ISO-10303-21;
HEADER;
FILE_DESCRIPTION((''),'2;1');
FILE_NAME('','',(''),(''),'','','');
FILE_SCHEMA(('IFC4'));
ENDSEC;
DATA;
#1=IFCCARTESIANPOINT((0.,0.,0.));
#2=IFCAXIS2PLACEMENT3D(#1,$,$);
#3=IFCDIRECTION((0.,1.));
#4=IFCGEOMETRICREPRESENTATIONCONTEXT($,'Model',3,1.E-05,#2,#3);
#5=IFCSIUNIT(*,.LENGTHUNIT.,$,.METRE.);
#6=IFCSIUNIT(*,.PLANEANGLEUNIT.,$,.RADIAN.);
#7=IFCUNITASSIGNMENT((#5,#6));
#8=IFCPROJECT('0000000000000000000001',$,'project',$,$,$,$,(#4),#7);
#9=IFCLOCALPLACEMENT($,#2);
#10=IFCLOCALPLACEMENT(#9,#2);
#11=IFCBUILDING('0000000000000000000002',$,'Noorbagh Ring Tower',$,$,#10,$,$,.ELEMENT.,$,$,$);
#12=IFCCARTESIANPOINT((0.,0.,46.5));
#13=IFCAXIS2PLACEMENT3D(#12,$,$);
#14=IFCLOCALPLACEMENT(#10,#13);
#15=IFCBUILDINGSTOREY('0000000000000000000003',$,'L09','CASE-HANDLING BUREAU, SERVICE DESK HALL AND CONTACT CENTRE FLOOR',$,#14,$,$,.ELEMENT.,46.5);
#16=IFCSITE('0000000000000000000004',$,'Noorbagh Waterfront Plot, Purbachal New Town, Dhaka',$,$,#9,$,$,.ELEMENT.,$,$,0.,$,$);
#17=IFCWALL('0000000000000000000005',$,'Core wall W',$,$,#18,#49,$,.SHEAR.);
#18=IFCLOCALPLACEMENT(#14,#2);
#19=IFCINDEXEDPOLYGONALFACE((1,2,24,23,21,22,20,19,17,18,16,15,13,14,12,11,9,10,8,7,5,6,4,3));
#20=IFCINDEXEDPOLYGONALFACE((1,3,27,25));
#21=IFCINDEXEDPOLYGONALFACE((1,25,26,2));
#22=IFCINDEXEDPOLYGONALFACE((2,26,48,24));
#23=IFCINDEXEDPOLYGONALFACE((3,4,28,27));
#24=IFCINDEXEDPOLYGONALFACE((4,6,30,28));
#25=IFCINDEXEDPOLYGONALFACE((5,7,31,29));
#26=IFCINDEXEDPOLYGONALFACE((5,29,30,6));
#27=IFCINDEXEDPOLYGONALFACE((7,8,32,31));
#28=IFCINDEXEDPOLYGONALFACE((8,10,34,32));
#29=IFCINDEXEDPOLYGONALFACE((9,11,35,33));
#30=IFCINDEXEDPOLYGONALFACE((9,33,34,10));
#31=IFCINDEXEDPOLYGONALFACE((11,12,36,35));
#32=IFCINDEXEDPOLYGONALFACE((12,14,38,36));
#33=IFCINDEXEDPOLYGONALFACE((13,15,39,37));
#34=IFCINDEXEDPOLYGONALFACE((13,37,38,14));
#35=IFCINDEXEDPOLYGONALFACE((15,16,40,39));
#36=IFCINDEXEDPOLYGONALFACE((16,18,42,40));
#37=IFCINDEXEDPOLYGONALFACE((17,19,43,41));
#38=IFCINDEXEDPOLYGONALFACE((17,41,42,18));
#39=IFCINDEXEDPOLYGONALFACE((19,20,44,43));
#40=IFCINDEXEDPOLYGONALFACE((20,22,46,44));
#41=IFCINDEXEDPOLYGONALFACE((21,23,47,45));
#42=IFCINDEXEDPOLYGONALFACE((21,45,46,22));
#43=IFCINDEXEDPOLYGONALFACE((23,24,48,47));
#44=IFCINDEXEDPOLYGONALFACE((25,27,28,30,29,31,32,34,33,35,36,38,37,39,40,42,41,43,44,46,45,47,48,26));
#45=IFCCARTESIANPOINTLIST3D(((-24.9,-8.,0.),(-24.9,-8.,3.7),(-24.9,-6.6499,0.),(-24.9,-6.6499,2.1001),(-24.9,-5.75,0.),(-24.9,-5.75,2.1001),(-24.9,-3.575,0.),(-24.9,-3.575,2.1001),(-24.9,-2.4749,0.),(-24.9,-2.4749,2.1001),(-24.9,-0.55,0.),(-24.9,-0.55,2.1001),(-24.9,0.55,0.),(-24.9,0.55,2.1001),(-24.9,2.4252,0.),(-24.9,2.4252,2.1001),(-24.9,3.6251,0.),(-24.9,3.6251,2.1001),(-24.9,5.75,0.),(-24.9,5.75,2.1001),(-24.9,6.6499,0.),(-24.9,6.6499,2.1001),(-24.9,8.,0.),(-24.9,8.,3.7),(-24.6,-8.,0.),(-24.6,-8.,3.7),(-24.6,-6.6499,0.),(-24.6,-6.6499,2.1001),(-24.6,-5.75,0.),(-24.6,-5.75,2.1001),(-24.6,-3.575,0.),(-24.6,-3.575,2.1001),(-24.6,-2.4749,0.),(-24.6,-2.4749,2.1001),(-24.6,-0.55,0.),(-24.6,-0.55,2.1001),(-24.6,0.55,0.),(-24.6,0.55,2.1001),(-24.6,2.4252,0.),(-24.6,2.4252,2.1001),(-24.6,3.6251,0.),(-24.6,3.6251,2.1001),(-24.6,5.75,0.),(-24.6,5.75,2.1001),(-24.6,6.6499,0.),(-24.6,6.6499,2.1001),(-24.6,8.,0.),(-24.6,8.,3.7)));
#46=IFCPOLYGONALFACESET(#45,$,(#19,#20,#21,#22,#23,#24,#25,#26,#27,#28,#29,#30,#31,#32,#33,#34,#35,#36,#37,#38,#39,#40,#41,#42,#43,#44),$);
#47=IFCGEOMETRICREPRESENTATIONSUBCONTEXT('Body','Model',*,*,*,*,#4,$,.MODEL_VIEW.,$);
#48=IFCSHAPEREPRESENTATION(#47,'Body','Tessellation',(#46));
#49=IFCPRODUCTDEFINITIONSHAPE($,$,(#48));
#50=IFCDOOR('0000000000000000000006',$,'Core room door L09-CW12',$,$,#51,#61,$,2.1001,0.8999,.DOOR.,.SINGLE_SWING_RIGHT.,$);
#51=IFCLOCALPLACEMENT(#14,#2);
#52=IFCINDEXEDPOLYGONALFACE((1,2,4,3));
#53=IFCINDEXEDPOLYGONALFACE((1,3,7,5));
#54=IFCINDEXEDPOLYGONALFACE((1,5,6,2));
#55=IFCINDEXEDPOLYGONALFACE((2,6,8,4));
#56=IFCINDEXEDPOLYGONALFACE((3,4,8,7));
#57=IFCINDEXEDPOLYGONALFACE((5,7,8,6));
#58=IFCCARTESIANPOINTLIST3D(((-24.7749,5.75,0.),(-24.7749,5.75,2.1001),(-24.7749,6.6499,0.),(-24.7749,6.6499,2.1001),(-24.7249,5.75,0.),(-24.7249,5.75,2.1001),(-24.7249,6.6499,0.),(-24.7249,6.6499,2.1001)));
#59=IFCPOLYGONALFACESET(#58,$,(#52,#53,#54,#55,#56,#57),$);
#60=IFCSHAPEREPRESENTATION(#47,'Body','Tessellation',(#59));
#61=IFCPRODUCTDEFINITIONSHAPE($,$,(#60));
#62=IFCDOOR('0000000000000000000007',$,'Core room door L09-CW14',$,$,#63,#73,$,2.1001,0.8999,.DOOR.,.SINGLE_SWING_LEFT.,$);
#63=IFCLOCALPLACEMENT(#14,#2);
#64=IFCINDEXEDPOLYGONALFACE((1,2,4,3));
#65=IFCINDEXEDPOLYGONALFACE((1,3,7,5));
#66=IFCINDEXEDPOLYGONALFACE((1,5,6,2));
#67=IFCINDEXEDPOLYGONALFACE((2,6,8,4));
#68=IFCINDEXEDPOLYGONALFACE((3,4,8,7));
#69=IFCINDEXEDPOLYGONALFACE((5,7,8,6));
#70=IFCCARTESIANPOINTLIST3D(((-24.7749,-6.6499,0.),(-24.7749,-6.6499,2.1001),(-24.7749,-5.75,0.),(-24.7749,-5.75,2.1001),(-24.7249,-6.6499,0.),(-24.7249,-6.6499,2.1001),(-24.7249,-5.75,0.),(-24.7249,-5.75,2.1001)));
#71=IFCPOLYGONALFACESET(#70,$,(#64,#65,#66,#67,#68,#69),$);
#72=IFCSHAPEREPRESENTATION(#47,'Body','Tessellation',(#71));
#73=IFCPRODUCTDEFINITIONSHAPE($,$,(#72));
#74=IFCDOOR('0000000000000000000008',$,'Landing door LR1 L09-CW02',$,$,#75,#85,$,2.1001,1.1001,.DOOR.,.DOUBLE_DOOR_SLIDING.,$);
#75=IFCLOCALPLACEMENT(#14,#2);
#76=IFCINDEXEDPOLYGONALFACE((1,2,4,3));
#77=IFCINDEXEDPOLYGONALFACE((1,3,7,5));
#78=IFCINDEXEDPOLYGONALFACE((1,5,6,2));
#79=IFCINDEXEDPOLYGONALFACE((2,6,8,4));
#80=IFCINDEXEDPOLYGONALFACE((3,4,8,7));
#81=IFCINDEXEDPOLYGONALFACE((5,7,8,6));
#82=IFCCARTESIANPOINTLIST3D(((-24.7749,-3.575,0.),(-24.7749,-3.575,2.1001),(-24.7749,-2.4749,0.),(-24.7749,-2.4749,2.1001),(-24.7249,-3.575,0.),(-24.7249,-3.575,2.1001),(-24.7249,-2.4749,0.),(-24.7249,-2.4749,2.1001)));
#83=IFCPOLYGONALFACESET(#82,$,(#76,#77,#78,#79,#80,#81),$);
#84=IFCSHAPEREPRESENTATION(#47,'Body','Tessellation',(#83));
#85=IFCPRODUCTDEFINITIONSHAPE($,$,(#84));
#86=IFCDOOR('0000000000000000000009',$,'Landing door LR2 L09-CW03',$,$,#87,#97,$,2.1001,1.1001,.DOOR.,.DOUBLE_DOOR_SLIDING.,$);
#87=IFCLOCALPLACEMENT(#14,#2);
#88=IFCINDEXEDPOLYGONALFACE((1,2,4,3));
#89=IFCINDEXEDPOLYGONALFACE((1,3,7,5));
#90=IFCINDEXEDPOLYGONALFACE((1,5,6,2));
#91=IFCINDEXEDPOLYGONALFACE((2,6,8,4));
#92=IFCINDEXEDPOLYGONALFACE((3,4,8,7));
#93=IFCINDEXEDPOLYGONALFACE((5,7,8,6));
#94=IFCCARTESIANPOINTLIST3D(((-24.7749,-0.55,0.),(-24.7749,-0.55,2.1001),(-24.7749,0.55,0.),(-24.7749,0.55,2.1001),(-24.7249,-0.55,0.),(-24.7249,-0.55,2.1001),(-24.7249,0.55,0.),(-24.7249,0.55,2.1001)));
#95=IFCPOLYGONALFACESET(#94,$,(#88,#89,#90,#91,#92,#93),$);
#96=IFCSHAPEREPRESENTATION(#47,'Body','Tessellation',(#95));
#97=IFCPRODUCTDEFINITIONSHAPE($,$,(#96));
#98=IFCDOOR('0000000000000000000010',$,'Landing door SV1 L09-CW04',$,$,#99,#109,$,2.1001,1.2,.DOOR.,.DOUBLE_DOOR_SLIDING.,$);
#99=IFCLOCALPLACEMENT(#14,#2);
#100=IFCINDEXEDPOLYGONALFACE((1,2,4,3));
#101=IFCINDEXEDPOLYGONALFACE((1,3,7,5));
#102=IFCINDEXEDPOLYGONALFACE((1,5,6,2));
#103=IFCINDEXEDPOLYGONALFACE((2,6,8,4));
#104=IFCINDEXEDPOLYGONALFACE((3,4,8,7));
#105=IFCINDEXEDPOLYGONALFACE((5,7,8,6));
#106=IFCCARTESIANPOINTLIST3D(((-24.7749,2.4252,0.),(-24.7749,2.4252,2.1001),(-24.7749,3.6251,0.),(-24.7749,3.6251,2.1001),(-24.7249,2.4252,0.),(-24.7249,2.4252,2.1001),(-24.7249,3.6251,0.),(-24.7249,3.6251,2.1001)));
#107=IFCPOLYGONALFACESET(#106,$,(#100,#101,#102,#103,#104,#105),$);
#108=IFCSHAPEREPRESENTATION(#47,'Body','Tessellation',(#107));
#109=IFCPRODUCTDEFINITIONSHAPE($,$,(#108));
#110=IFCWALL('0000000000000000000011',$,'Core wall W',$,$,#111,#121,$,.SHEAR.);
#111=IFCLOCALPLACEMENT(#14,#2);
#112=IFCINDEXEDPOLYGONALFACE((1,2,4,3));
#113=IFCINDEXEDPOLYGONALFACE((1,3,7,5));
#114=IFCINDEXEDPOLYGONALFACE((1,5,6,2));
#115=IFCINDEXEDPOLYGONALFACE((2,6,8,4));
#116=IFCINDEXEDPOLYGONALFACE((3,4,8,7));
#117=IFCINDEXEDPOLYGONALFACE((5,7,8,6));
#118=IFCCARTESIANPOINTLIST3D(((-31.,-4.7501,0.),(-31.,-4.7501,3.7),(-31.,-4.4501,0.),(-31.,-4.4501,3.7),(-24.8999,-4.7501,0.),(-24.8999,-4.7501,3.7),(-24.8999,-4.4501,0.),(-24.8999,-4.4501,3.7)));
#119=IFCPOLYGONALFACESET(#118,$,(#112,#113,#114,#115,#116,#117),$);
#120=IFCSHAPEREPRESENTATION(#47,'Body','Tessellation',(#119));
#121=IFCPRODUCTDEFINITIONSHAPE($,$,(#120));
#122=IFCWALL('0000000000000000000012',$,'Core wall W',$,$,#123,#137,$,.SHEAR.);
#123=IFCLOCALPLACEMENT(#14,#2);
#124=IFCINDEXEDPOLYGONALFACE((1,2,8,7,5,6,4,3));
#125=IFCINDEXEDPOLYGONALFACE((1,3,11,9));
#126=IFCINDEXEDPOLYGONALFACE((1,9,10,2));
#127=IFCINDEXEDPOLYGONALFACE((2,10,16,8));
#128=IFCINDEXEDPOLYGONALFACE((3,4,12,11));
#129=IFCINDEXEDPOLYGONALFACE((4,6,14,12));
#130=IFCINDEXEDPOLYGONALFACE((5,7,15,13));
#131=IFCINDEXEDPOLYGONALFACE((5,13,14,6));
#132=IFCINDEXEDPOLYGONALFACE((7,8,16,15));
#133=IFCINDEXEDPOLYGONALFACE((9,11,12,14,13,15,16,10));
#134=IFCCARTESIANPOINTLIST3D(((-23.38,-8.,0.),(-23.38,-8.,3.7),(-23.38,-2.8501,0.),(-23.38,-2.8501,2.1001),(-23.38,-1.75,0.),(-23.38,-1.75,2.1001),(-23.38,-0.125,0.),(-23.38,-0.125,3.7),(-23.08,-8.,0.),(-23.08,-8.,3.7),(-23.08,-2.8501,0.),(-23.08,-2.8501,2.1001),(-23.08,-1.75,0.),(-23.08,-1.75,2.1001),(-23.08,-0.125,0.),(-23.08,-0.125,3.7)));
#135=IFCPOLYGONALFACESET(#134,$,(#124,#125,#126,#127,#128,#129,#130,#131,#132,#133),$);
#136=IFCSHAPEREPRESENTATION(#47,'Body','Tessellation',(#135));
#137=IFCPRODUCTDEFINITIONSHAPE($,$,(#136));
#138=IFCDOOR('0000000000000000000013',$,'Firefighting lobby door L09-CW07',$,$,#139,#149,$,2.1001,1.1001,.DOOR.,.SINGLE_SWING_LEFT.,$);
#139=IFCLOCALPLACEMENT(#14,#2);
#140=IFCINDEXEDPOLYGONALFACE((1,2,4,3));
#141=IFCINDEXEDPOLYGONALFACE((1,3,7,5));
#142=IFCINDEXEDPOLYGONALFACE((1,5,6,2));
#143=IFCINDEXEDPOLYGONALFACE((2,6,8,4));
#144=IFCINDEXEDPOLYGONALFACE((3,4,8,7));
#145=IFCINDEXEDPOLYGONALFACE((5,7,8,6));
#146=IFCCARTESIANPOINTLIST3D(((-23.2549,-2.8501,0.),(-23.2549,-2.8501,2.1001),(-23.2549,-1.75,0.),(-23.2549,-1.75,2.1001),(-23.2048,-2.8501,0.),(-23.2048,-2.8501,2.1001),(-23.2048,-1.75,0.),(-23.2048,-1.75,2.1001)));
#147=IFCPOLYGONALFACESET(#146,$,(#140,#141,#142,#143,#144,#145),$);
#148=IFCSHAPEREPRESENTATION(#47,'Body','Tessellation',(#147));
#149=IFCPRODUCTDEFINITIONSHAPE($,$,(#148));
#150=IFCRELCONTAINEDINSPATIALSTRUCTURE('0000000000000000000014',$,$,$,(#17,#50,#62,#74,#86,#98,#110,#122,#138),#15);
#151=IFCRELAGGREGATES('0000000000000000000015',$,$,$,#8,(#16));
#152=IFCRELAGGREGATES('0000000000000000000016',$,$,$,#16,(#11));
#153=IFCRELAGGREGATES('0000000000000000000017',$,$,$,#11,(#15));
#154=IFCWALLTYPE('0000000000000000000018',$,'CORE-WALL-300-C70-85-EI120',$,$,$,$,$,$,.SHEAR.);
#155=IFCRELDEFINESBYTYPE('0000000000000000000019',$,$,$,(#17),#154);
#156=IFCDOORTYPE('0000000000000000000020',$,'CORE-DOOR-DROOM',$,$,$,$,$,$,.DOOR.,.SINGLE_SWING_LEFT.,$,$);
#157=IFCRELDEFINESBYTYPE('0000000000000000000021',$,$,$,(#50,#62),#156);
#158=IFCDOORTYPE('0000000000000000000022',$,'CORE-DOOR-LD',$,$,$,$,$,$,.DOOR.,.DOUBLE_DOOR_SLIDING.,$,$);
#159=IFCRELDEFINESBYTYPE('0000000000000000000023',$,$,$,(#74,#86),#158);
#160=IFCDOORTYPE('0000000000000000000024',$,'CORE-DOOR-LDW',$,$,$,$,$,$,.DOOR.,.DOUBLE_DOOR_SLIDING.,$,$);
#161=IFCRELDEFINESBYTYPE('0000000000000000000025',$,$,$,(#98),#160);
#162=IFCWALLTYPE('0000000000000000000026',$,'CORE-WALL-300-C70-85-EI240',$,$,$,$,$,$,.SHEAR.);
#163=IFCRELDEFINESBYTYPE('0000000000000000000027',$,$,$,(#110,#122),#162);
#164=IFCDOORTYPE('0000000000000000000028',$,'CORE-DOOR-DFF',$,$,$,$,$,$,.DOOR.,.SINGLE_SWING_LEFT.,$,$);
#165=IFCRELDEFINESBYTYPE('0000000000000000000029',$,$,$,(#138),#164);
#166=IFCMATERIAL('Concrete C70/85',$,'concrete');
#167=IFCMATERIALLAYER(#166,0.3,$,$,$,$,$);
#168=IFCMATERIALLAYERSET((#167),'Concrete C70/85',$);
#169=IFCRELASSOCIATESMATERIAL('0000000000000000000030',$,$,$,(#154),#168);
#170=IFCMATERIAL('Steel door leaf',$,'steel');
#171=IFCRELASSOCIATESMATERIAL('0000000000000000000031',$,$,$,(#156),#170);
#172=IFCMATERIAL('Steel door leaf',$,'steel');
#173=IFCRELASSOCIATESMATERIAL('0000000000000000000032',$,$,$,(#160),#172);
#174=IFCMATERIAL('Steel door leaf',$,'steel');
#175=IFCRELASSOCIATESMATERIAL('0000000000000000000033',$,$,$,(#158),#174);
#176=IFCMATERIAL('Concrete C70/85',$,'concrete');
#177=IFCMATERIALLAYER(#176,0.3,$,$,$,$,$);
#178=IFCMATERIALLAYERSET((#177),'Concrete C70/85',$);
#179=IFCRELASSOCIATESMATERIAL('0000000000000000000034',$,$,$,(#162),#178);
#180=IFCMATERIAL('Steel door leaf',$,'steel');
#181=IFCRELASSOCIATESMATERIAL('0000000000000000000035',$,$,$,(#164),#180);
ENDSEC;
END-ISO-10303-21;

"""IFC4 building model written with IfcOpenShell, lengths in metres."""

from ifc_helpers import new_model, si_unit, direction, frame, frame_2d, origin, place, context, subcontext, project, spatial, rectangle, extrude, material, layer, layer_set, type_object, element, fill, save


model = new_model("IFC4")

# Units and contexts
model_context = context("Model", 3, precision=1e-05, world=origin(), true_north=direction((0.0, 1.0)))
body_context = subcontext(model_context, "Body", "Model", "MODEL_VIEW")
ifc_project = project(units=[si_unit("LENGTHUNIT", "METRE"), si_unit("PLANEANGLEUNIT", "RADIAN")], contexts=[model_context])

# Site, building, storey
site_placement = place(None, origin())
site = spatial("IfcSite", under=ifc_project, at=site_placement, Name="Noorbagh Waterfront Plot, Purbachal New Town, Dhaka", CompositionType="ELEMENT", RefElevation=0.0)
building_placement = place(site_placement, origin())
building = spatial("IfcBuilding", under=site, at=building_placement, Name="Noorbagh Ring Tower", CompositionType="ELEMENT")
storey_placement = place(building_placement, frame((0.0, 0.0, 46.5)))
storey = spatial("IfcBuildingStorey", under=building, at=storey_placement, Name="L09", Description="CASE-HANDLING BUREAU, SERVICE DESK HALL AND CONTACT CENTRE FLOOR", CompositionType="ELEMENT", Elevation=46.5)

# Shared definitions
ifc_material_1 = material(Name="Concrete C70/85", Category="concrete")
ifc_layer_1 = layer(ifc_material_1, 0.3)
ifc_layer_set_1 = layer_set([ifc_layer_1], Name="Concrete C70/85")
wall_type_1 = type_object("IfcWallType", Name="CORE-WALL-300-C70-85-EI120", PredefinedType="SHEAR", material=ifc_layer_set_1)

# Wall, openings, doors
ifc_material_2 = material(Name="Steel door leaf", Category="steel")
door_type_1 = type_object("IfcDoorType", Name="CORE-DOOR-DROOM", OperationType="SINGLE_SWING_LEFT", PredefinedType="DOOR", material=ifc_material_2)
ifc_material_3 = material(Name="Steel door leaf", Category="steel")
door_type_2 = type_object("IfcDoorType", Name="CORE-DOOR-LDW", OperationType="DOUBLE_DOOR_SLIDING", PredefinedType="DOOR", material=ifc_material_3)
wall_1_placement = place(storey_placement, frame((-24.75, -8.0, 0.0), z_axis=(0.0, 0.0, 1.0), x_axis=(0.0, 1.0, 0.0)))
wall_1 = element("IfcWall", 1, at=wall_1_placement, inside=storey, type_object=wall_type_1, Name="Core wall W", PredefinedType="SHEAR", context=body_context, shape_type="SweptSolid", body=[
    extrude(rectangle(XDim=16.0, YDim=0.3, at=frame_2d((8.0, 0.0))), origin(), (0.0, 0.0, 1.0), 3.7),
])
opening_1_placement = place(wall_1_placement, frame((4.425, 0.0, 0.0)))
opening_1 = element("IfcOpeningElement", 2, at=opening_1_placement, cuts=wall_1, PredefinedType="OPENING", context=body_context, shape_type="SweptSolid", body=[
    extrude(rectangle(XDim=1.1001, YDim=2.1001, at=frame_2d((0.55, 1.05))), frame((0.0, 0.1602, 0.0), z_axis=(0.0, -1.0, 0.0), x_axis=(1.0, 0.0, 0.0)), (0.0, 0.0, 1.0), 0.3201),
])
opening_2_placement = place(wall_1_placement, frame((7.45, 0.0, 0.0)))
opening_2 = element("IfcOpeningElement", 3, at=opening_2_placement, cuts=wall_1, PredefinedType="OPENING", context=body_context, shape_type="SweptSolid", body=[
    extrude(rectangle(XDim=1.1001, YDim=2.1001, at=frame_2d((0.55, 1.05))), frame((0.0, 0.1602, 0.0), z_axis=(0.0, -1.0, 0.0), x_axis=(1.0, 0.0, 0.0)), (0.0, 0.0, 1.0), 0.3201),
])
opening_3_placement = place(wall_1_placement, frame((10.425, 0.0, 0.0)))
opening_3 = element("IfcOpeningElement", 4, at=opening_3_placement, cuts=wall_1, PredefinedType="OPENING", context=body_context, shape_type="SweptSolid", body=[
    extrude(rectangle(XDim=1.2, YDim=2.1001, at=frame_2d((0.6001, 1.05))), frame((0.0, 0.1602, 0.0), z_axis=(0.0, -1.0, 0.0), x_axis=(1.0, 0.0, 0.0)), (0.0, 0.0, 1.0), 0.3201),
])
opening_4_placement = place(wall_1_placement, frame((13.75, 0.0, 0.0)))
opening_4 = element("IfcOpeningElement", 5, at=opening_4_placement, cuts=wall_1, PredefinedType="OPENING", context=body_context, shape_type="SweptSolid", body=[
    extrude(rectangle(XDim=0.8999, YDim=2.1001, at=frame_2d((0.45, 1.05))), frame((0.0, 0.1602, 0.0), z_axis=(0.0, -1.0, 0.0), x_axis=(1.0, 0.0, 0.0)), (0.0, 0.0, 1.0), 0.3201),
])
opening_5_placement = place(wall_1_placement, frame((1.3501, 0.0, 0.0)))
opening_5 = element("IfcOpeningElement", 6, at=opening_5_placement, cuts=wall_1, PredefinedType="OPENING", context=body_context, shape_type="SweptSolid", body=[
    extrude(rectangle(XDim=0.8999, YDim=2.1001, at=frame_2d((0.45, 1.05))), frame((0.0, 0.1602, 0.0), z_axis=(0.0, -1.0, 0.0), x_axis=(1.0, 0.0, 0.0)), (0.0, 0.0, 1.0), 0.3201),
])
door_1_placement = place(opening_4_placement, origin())
door_1 = element("IfcDoor", 7, at=door_1_placement, inside=storey, type_object=door_type_1, Name="Core room door L09-CW12", OperationType="SINGLE_SWING_RIGHT", OverallHeight=2.1001, OverallWidth=0.8999, PredefinedType="DOOR", context=body_context, shape_type="SweptSolid", body=[
    extrude(rectangle(XDim=0.8999, YDim=2.1001, at=frame_2d((0.45, 1.05))), frame((0.0, 0.0249, 0.0), z_axis=(0.0, -1.0, 0.0), x_axis=(1.0, 0.0, 0.0)), (0.0, 0.0, 1.0), 0.05),
])
fill(opening_4, door_1)
door_2_placement = place(opening_5_placement, origin())
door_2 = element("IfcDoor", 8, at=door_2_placement, inside=storey, type_object=door_type_1, Name="Core room door L09-CW14", OperationType="SINGLE_SWING_LEFT", OverallHeight=2.1001, OverallWidth=0.8999, PredefinedType="DOOR", context=body_context, shape_type="SweptSolid", body=[
    extrude(rectangle(XDim=0.8999, YDim=2.1001, at=frame_2d((0.45, 1.05))), frame((0.0, 0.0249, 0.0), z_axis=(0.0, -1.0, 0.0), x_axis=(1.0, 0.0, 0.0)), (0.0, 0.0, 1.0), 0.05),
])
fill(opening_5, door_2)
ifc_material_4 = material(Name="Steel door leaf", Category="steel")
door_type_3 = type_object("IfcDoorType", Name="CORE-DOOR-LD", OperationType="DOUBLE_DOOR_SLIDING", PredefinedType="DOOR", material=ifc_material_4)
door_3_placement = place(opening_1_placement, origin())
door_3 = element("IfcDoor", 9, at=door_3_placement, inside=storey, type_object=door_type_3, Name="Landing door LR1 L09-CW02", OperationType="DOUBLE_DOOR_SLIDING", OverallHeight=2.1001, OverallWidth=1.1001, PredefinedType="DOOR", context=body_context, shape_type="SweptSolid", body=[
    extrude(rectangle(XDim=1.1001, YDim=2.1001, at=frame_2d((0.55, 1.05))), frame((0.0, 0.0249, 0.0), z_axis=(0.0, -1.0, 0.0), x_axis=(1.0, 0.0, 0.0)), (0.0, 0.0, 1.0), 0.05),
])
fill(opening_1, door_3)
door_4_placement = place(opening_2_placement, origin())
door_4 = element("IfcDoor", 10, at=door_4_placement, inside=storey, type_object=door_type_3, Name="Landing door LR2 L09-CW03", OperationType="DOUBLE_DOOR_SLIDING", OverallHeight=2.1001, OverallWidth=1.1001, PredefinedType="DOOR", context=body_context, shape_type="SweptSolid", body=[
    extrude(rectangle(XDim=1.1001, YDim=2.1001, at=frame_2d((0.55, 1.05))), frame((0.0, 0.0249, 0.0), z_axis=(0.0, -1.0, 0.0), x_axis=(1.0, 0.0, 0.0)), (0.0, 0.0, 1.0), 0.05),
])
fill(opening_2, door_4)
door_5_placement = place(opening_3_placement, origin())
door_5 = element("IfcDoor", 11, at=door_5_placement, inside=storey, type_object=door_type_2, Name="Landing door SV1 L09-CW04", OperationType="DOUBLE_DOOR_SLIDING", OverallHeight=2.1001, OverallWidth=1.2, PredefinedType="DOOR", context=body_context, shape_type="SweptSolid", body=[
    extrude(rectangle(XDim=1.2, YDim=2.1001, at=frame_2d((0.6001, 1.05))), frame((0.0, 0.0249, 0.0), z_axis=(0.0, -1.0, 0.0), x_axis=(1.0, 0.0, 0.0)), (0.0, 0.0, 1.0), 0.05),
])
fill(opening_3, door_5)

# Wall
ifc_material_5 = material(Name="Concrete C70/85", Category="concrete")
ifc_layer_2 = layer(ifc_material_5, 0.3)
ifc_layer_set_2 = layer_set([ifc_layer_2], Name="Concrete C70/85")
wall_type_2 = type_object("IfcWallType", Name="CORE-WALL-300-C70-85-EI240", PredefinedType="SHEAR", material=ifc_layer_set_2)
wall_2_placement = place(storey_placement, frame((-24.8999, -4.6001, 0.0), z_axis=(0.0, 0.0, 1.0), x_axis=(-1.0, 0.0, 0.0)))
element("IfcWall", 12, at=wall_2_placement, inside=storey, type_object=wall_type_2, Name="Core wall W", PredefinedType="SHEAR", context=body_context, shape_type="SweptSolid", body=[
    extrude(rectangle(XDim=6.1001, YDim=0.3, at=frame_2d((3.05, 0.0))), origin(), (0.0, 0.0, 1.0), 3.7),
])

# Wall, opening, door
wall_3_placement = place(storey_placement, frame((-23.23, -8.0, 0.0), z_axis=(0.0, 0.0, 1.0), x_axis=(0.0, 1.0, 0.0)))
wall_3 = element("IfcWall", 13, at=wall_3_placement, inside=storey, type_object=wall_type_2, Name="Core wall W", PredefinedType="SHEAR", context=body_context, shape_type="SweptSolid", body=[
    extrude(rectangle(XDim=7.875, YDim=0.3, at=frame_2d((3.9375, 0.0))), origin(), (0.0, 0.0, 1.0), 3.7),
])
opening_6_placement = place(wall_3_placement, frame((5.1499, 0.0, 0.0)))
opening_6 = element("IfcOpeningElement", 14, at=opening_6_placement, cuts=wall_3, PredefinedType="OPENING", context=body_context, shape_type="SweptSolid", body=[
    extrude(rectangle(XDim=1.1001, YDim=2.1001, at=frame_2d((0.55, 1.05))), frame((0.0, 0.1602, 0.0), z_axis=(0.0, -1.0, 0.0), x_axis=(1.0, 0.0, 0.0)), (0.0, 0.0, 1.0), 0.3201),
])
ifc_material_6 = material(Name="Steel door leaf", Category="steel")
door_type_4 = type_object("IfcDoorType", Name="CORE-DOOR-DFF", OperationType="SINGLE_SWING_LEFT", PredefinedType="DOOR", material=ifc_material_6)
door_6_placement = place(opening_6_placement, origin())
door_6 = element("IfcDoor", 15, at=door_6_placement, inside=storey, type_object=door_type_4, Name="Firefighting lobby door L09-CW07", OperationType="SINGLE_SWING_LEFT", OverallHeight=2.1001, OverallWidth=1.1001, PredefinedType="DOOR", context=body_context, shape_type="SweptSolid", body=[
    extrude(rectangle(XDim=1.1001, YDim=2.1001, at=frame_2d((0.55, 1.05))), frame((0.0, 0.0249, 0.0), z_axis=(0.0, -1.0, 0.0), x_axis=(1.0, 0.0, 0.0)), (0.0, 0.0, 1.0), 0.05),
])
fill(opening_6, door_6)

save(model, "model.ifc")
